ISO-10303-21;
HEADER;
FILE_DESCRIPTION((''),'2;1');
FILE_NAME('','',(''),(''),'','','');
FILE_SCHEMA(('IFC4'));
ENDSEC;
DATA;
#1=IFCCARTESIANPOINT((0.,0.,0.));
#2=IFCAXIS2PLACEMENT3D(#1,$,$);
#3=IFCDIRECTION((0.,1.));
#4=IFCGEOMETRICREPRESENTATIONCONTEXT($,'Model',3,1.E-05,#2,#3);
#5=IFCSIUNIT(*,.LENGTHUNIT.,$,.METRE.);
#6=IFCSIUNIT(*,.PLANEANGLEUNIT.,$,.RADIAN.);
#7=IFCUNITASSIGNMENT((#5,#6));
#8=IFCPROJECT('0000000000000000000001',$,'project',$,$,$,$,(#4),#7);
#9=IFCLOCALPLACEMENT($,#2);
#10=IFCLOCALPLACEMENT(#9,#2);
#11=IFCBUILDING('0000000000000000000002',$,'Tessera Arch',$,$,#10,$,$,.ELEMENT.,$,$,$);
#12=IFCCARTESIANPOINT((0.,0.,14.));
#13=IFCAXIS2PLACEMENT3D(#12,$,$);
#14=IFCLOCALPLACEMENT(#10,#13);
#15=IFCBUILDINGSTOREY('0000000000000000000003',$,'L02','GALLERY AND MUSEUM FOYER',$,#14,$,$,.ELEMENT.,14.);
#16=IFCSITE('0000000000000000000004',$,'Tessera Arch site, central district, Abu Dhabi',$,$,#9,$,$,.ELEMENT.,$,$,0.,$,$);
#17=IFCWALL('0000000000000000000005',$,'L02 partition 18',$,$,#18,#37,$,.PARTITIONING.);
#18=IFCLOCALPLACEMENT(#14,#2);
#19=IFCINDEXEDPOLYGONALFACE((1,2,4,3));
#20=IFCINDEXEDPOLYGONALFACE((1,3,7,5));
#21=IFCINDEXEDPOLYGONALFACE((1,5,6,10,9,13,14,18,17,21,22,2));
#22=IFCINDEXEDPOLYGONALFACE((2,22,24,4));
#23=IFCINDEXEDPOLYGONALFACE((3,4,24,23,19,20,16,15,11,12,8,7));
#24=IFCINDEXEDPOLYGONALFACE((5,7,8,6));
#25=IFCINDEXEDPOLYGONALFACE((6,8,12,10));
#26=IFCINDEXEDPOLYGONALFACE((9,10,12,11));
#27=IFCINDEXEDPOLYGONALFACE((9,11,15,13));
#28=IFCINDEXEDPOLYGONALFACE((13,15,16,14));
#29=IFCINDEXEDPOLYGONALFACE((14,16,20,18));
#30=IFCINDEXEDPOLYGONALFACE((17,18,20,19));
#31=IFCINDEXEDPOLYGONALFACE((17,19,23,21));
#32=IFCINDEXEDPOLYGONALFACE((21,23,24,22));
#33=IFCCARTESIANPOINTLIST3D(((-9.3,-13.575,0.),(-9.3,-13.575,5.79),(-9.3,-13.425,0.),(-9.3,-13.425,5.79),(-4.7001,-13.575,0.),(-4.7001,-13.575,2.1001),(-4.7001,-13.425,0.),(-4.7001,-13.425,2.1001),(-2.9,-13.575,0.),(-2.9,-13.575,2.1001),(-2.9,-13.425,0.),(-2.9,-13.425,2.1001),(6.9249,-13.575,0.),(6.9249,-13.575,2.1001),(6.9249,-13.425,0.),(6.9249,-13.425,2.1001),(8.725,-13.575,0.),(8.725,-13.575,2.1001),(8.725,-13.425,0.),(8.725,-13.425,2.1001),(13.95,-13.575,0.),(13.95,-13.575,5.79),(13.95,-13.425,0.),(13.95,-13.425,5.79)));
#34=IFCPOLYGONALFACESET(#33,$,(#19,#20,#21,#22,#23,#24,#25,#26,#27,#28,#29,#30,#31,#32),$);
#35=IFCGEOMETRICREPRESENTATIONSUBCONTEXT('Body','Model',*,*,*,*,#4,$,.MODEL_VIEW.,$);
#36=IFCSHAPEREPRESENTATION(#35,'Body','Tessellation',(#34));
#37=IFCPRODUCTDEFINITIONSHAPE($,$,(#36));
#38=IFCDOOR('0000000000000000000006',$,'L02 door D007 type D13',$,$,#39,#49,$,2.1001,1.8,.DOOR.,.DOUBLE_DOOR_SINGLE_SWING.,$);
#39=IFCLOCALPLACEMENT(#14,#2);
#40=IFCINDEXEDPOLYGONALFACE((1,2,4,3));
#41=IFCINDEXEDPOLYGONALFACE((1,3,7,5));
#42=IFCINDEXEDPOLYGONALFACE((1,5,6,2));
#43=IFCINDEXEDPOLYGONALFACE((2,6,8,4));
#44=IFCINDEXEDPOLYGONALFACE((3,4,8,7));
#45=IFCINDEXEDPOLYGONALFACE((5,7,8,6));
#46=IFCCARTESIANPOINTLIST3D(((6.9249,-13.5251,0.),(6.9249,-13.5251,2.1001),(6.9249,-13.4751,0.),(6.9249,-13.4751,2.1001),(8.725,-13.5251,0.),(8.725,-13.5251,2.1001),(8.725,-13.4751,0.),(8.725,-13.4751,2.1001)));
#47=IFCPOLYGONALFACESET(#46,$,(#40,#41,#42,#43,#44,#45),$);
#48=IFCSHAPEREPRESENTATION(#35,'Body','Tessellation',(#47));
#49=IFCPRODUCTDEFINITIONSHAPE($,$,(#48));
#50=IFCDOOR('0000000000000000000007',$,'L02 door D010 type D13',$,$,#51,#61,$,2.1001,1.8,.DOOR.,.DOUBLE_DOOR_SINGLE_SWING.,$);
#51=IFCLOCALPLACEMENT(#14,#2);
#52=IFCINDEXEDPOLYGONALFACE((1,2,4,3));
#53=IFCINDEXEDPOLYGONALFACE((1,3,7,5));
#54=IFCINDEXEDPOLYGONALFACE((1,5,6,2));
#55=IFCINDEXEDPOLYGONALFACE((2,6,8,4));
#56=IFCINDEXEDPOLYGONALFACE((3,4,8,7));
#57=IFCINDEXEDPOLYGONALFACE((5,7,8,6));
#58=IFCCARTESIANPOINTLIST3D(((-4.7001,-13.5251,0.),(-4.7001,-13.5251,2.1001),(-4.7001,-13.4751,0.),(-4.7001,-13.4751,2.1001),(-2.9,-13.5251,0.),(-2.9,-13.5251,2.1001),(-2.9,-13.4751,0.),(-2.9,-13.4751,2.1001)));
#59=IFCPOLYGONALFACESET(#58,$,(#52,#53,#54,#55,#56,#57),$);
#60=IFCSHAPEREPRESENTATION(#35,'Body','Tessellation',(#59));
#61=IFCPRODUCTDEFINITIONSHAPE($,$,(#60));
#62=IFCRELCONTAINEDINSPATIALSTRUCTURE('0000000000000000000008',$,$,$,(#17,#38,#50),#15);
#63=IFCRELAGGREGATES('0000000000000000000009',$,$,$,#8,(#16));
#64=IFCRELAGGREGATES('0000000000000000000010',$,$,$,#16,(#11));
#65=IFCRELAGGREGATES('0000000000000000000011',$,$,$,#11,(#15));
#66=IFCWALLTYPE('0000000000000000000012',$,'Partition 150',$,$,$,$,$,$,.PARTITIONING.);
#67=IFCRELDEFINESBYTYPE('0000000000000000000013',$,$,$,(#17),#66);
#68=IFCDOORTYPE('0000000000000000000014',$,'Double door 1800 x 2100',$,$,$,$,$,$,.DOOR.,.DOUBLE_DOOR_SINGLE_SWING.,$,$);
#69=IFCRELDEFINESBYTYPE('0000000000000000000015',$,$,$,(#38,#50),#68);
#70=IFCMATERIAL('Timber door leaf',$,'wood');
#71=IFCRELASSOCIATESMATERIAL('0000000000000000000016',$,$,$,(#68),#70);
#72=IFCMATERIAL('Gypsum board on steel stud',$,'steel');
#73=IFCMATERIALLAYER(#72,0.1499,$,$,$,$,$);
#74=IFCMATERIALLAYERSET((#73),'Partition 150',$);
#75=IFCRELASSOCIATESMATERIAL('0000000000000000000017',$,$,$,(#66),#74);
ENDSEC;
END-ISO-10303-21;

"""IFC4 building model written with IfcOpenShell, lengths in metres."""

from ifc_helpers import new_model, si_unit, direction, frame, frame_2d, origin, place, context, subcontext, project, spatial, rectangle, extrude, material, layer, layer_set, type_object, element, fill, save


model = new_model("IFC4")

# Units and contexts
model_context = context("Model", 3, precision=1e-05, world=origin(), true_north=direction((0.0, 1.0)))
body_context = subcontext(model_context, "Body", "Model", "MODEL_VIEW")
ifc_project = project(units=[si_unit("LENGTHUNIT", "METRE"), si_unit("PLANEANGLEUNIT", "RADIAN")], contexts=[model_context])

# Site, building, storey
site_placement = place(None, origin())
site = spatial("IfcSite", under=ifc_project, at=site_placement, Name="Tessera Arch site, central district, Abu Dhabi", CompositionType="ELEMENT", RefElevation=0.0)
building_placement = place(site_placement, origin())
building = spatial("IfcBuilding", under=site, at=building_placement, Name="Tessera Arch", CompositionType="ELEMENT")
storey_placement = place(building_placement, frame((0.0, 0.0, 14.0)))
storey = spatial("IfcBuildingStorey", under=building, at=storey_placement, Name="L02", Description="GALLERY AND MUSEUM FOYER", CompositionType="ELEMENT", Elevation=14.0)

# Shared definitions
ifc_material_1 = material(Name="Timber door leaf", Category="wood")
door_type = type_object("IfcDoorType", Name="Double door 1800 x 2100", OperationType="DOUBLE_DOOR_SINGLE_SWING", PredefinedType="DOOR", material=ifc_material_1)

# Wall, openings, doors
ifc_material_2 = material(Name="Gypsum board on steel stud", Category="steel")
ifc_layer_1 = layer(ifc_material_2, 0.1499)
ifc_layer_set_1 = layer_set([ifc_layer_1], Name="Partition 150")
wall_type_1 = type_object("IfcWallType", Name="Partition 150", PredefinedType="PARTITIONING", material=ifc_layer_set_1)
wall_1_placement = place(storey_placement, frame((-9.3, -13.5, 0.0), z_axis=(0.0, 0.0, 1.0), x_axis=(1.0, 0.0, 0.0)))
wall_1 = element("IfcWall", 1, at=wall_1_placement, inside=storey, type_object=wall_type_1, Name="L02 partition 18", PredefinedType="PARTITIONING", context=body_context, shape_type="SweptSolid", body=[
    extrude(rectangle(XDim=23.25, YDim=0.1499, at=frame_2d((11.625, 0.0))), origin(), (0.0, 0.0, 1.0), 5.79),
])
opening_1_placement = place(wall_1_placement, frame((16.2251, 0.0, 0.0)))
opening_1 = element("IfcOpeningElement", 2, at=opening_1_placement, cuts=wall_1, PredefinedType="OPENING", context=body_context, shape_type="SweptSolid", body=[
    extrude(rectangle(XDim=1.8, YDim=2.1001, at=frame_2d((0.8999, 1.05))), frame((0.0, 0.085, 0.0), z_axis=(0.0, -1.0, 0.0), x_axis=(1.0, 0.0, 0.0)), (0.0, 0.0, 1.0), 0.1699),
])
opening_2_placement = place(wall_1_placement, frame((4.6001, 0.0, 0.0)))
opening_2 = element("IfcOpeningElement", 3, at=opening_2_placement, cuts=wall_1, PredefinedType="OPENING", context=body_context, shape_type="SweptSolid", body=[
    extrude(rectangle(XDim=1.8, YDim=2.1001, at=frame_2d((0.8999, 1.05))), frame((0.0, 0.085, 0.0), z_axis=(0.0, -1.0, 0.0), x_axis=(1.0, 0.0, 0.0)), (0.0, 0.0, 1.0), 0.1699),
])
door_1_placement = place(opening_1_placement, origin())
door_1 = element("IfcDoor", 4, at=door_1_placement, inside=storey, type_object=door_type, Name="L02 door D007 type D13", OperationType="DOUBLE_DOOR_SINGLE_SWING", OverallHeight=2.1001, OverallWidth=1.8, PredefinedType="DOOR", context=body_context, shape_type="SweptSolid", body=[
    extrude(rectangle(XDim=1.8, YDim=2.1001, at=frame_2d((0.8999, 1.05))), frame((0.0, 0.0249, 0.0), z_axis=(0.0, -1.0, 0.0), x_axis=(1.0, 0.0, 0.0)), (0.0, 0.0, 1.0), 0.05),
])
fill(opening_1, door_1)
door_2_placement = place(opening_2_placement, origin())
door_2 = element("IfcDoor", 5, at=door_2_placement, inside=storey, type_object=door_type, Name="L02 door D010 type D13", OperationType="DOUBLE_DOOR_SINGLE_SWING", OverallHeight=2.1001, OverallWidth=1.8, PredefinedType="DOOR", context=body_context, shape_type="SweptSolid", body=[
    extrude(rectangle(XDim=1.8, YDim=2.1001, at=frame_2d((0.8999, 1.05))), frame((0.0, 0.0249, 0.0), z_axis=(0.0, -1.0, 0.0), x_axis=(1.0, 0.0, 0.0)), (0.0, 0.0, 1.0), 0.05),
])
fill(opening_2, door_2)

save(model, "model.ifc")
